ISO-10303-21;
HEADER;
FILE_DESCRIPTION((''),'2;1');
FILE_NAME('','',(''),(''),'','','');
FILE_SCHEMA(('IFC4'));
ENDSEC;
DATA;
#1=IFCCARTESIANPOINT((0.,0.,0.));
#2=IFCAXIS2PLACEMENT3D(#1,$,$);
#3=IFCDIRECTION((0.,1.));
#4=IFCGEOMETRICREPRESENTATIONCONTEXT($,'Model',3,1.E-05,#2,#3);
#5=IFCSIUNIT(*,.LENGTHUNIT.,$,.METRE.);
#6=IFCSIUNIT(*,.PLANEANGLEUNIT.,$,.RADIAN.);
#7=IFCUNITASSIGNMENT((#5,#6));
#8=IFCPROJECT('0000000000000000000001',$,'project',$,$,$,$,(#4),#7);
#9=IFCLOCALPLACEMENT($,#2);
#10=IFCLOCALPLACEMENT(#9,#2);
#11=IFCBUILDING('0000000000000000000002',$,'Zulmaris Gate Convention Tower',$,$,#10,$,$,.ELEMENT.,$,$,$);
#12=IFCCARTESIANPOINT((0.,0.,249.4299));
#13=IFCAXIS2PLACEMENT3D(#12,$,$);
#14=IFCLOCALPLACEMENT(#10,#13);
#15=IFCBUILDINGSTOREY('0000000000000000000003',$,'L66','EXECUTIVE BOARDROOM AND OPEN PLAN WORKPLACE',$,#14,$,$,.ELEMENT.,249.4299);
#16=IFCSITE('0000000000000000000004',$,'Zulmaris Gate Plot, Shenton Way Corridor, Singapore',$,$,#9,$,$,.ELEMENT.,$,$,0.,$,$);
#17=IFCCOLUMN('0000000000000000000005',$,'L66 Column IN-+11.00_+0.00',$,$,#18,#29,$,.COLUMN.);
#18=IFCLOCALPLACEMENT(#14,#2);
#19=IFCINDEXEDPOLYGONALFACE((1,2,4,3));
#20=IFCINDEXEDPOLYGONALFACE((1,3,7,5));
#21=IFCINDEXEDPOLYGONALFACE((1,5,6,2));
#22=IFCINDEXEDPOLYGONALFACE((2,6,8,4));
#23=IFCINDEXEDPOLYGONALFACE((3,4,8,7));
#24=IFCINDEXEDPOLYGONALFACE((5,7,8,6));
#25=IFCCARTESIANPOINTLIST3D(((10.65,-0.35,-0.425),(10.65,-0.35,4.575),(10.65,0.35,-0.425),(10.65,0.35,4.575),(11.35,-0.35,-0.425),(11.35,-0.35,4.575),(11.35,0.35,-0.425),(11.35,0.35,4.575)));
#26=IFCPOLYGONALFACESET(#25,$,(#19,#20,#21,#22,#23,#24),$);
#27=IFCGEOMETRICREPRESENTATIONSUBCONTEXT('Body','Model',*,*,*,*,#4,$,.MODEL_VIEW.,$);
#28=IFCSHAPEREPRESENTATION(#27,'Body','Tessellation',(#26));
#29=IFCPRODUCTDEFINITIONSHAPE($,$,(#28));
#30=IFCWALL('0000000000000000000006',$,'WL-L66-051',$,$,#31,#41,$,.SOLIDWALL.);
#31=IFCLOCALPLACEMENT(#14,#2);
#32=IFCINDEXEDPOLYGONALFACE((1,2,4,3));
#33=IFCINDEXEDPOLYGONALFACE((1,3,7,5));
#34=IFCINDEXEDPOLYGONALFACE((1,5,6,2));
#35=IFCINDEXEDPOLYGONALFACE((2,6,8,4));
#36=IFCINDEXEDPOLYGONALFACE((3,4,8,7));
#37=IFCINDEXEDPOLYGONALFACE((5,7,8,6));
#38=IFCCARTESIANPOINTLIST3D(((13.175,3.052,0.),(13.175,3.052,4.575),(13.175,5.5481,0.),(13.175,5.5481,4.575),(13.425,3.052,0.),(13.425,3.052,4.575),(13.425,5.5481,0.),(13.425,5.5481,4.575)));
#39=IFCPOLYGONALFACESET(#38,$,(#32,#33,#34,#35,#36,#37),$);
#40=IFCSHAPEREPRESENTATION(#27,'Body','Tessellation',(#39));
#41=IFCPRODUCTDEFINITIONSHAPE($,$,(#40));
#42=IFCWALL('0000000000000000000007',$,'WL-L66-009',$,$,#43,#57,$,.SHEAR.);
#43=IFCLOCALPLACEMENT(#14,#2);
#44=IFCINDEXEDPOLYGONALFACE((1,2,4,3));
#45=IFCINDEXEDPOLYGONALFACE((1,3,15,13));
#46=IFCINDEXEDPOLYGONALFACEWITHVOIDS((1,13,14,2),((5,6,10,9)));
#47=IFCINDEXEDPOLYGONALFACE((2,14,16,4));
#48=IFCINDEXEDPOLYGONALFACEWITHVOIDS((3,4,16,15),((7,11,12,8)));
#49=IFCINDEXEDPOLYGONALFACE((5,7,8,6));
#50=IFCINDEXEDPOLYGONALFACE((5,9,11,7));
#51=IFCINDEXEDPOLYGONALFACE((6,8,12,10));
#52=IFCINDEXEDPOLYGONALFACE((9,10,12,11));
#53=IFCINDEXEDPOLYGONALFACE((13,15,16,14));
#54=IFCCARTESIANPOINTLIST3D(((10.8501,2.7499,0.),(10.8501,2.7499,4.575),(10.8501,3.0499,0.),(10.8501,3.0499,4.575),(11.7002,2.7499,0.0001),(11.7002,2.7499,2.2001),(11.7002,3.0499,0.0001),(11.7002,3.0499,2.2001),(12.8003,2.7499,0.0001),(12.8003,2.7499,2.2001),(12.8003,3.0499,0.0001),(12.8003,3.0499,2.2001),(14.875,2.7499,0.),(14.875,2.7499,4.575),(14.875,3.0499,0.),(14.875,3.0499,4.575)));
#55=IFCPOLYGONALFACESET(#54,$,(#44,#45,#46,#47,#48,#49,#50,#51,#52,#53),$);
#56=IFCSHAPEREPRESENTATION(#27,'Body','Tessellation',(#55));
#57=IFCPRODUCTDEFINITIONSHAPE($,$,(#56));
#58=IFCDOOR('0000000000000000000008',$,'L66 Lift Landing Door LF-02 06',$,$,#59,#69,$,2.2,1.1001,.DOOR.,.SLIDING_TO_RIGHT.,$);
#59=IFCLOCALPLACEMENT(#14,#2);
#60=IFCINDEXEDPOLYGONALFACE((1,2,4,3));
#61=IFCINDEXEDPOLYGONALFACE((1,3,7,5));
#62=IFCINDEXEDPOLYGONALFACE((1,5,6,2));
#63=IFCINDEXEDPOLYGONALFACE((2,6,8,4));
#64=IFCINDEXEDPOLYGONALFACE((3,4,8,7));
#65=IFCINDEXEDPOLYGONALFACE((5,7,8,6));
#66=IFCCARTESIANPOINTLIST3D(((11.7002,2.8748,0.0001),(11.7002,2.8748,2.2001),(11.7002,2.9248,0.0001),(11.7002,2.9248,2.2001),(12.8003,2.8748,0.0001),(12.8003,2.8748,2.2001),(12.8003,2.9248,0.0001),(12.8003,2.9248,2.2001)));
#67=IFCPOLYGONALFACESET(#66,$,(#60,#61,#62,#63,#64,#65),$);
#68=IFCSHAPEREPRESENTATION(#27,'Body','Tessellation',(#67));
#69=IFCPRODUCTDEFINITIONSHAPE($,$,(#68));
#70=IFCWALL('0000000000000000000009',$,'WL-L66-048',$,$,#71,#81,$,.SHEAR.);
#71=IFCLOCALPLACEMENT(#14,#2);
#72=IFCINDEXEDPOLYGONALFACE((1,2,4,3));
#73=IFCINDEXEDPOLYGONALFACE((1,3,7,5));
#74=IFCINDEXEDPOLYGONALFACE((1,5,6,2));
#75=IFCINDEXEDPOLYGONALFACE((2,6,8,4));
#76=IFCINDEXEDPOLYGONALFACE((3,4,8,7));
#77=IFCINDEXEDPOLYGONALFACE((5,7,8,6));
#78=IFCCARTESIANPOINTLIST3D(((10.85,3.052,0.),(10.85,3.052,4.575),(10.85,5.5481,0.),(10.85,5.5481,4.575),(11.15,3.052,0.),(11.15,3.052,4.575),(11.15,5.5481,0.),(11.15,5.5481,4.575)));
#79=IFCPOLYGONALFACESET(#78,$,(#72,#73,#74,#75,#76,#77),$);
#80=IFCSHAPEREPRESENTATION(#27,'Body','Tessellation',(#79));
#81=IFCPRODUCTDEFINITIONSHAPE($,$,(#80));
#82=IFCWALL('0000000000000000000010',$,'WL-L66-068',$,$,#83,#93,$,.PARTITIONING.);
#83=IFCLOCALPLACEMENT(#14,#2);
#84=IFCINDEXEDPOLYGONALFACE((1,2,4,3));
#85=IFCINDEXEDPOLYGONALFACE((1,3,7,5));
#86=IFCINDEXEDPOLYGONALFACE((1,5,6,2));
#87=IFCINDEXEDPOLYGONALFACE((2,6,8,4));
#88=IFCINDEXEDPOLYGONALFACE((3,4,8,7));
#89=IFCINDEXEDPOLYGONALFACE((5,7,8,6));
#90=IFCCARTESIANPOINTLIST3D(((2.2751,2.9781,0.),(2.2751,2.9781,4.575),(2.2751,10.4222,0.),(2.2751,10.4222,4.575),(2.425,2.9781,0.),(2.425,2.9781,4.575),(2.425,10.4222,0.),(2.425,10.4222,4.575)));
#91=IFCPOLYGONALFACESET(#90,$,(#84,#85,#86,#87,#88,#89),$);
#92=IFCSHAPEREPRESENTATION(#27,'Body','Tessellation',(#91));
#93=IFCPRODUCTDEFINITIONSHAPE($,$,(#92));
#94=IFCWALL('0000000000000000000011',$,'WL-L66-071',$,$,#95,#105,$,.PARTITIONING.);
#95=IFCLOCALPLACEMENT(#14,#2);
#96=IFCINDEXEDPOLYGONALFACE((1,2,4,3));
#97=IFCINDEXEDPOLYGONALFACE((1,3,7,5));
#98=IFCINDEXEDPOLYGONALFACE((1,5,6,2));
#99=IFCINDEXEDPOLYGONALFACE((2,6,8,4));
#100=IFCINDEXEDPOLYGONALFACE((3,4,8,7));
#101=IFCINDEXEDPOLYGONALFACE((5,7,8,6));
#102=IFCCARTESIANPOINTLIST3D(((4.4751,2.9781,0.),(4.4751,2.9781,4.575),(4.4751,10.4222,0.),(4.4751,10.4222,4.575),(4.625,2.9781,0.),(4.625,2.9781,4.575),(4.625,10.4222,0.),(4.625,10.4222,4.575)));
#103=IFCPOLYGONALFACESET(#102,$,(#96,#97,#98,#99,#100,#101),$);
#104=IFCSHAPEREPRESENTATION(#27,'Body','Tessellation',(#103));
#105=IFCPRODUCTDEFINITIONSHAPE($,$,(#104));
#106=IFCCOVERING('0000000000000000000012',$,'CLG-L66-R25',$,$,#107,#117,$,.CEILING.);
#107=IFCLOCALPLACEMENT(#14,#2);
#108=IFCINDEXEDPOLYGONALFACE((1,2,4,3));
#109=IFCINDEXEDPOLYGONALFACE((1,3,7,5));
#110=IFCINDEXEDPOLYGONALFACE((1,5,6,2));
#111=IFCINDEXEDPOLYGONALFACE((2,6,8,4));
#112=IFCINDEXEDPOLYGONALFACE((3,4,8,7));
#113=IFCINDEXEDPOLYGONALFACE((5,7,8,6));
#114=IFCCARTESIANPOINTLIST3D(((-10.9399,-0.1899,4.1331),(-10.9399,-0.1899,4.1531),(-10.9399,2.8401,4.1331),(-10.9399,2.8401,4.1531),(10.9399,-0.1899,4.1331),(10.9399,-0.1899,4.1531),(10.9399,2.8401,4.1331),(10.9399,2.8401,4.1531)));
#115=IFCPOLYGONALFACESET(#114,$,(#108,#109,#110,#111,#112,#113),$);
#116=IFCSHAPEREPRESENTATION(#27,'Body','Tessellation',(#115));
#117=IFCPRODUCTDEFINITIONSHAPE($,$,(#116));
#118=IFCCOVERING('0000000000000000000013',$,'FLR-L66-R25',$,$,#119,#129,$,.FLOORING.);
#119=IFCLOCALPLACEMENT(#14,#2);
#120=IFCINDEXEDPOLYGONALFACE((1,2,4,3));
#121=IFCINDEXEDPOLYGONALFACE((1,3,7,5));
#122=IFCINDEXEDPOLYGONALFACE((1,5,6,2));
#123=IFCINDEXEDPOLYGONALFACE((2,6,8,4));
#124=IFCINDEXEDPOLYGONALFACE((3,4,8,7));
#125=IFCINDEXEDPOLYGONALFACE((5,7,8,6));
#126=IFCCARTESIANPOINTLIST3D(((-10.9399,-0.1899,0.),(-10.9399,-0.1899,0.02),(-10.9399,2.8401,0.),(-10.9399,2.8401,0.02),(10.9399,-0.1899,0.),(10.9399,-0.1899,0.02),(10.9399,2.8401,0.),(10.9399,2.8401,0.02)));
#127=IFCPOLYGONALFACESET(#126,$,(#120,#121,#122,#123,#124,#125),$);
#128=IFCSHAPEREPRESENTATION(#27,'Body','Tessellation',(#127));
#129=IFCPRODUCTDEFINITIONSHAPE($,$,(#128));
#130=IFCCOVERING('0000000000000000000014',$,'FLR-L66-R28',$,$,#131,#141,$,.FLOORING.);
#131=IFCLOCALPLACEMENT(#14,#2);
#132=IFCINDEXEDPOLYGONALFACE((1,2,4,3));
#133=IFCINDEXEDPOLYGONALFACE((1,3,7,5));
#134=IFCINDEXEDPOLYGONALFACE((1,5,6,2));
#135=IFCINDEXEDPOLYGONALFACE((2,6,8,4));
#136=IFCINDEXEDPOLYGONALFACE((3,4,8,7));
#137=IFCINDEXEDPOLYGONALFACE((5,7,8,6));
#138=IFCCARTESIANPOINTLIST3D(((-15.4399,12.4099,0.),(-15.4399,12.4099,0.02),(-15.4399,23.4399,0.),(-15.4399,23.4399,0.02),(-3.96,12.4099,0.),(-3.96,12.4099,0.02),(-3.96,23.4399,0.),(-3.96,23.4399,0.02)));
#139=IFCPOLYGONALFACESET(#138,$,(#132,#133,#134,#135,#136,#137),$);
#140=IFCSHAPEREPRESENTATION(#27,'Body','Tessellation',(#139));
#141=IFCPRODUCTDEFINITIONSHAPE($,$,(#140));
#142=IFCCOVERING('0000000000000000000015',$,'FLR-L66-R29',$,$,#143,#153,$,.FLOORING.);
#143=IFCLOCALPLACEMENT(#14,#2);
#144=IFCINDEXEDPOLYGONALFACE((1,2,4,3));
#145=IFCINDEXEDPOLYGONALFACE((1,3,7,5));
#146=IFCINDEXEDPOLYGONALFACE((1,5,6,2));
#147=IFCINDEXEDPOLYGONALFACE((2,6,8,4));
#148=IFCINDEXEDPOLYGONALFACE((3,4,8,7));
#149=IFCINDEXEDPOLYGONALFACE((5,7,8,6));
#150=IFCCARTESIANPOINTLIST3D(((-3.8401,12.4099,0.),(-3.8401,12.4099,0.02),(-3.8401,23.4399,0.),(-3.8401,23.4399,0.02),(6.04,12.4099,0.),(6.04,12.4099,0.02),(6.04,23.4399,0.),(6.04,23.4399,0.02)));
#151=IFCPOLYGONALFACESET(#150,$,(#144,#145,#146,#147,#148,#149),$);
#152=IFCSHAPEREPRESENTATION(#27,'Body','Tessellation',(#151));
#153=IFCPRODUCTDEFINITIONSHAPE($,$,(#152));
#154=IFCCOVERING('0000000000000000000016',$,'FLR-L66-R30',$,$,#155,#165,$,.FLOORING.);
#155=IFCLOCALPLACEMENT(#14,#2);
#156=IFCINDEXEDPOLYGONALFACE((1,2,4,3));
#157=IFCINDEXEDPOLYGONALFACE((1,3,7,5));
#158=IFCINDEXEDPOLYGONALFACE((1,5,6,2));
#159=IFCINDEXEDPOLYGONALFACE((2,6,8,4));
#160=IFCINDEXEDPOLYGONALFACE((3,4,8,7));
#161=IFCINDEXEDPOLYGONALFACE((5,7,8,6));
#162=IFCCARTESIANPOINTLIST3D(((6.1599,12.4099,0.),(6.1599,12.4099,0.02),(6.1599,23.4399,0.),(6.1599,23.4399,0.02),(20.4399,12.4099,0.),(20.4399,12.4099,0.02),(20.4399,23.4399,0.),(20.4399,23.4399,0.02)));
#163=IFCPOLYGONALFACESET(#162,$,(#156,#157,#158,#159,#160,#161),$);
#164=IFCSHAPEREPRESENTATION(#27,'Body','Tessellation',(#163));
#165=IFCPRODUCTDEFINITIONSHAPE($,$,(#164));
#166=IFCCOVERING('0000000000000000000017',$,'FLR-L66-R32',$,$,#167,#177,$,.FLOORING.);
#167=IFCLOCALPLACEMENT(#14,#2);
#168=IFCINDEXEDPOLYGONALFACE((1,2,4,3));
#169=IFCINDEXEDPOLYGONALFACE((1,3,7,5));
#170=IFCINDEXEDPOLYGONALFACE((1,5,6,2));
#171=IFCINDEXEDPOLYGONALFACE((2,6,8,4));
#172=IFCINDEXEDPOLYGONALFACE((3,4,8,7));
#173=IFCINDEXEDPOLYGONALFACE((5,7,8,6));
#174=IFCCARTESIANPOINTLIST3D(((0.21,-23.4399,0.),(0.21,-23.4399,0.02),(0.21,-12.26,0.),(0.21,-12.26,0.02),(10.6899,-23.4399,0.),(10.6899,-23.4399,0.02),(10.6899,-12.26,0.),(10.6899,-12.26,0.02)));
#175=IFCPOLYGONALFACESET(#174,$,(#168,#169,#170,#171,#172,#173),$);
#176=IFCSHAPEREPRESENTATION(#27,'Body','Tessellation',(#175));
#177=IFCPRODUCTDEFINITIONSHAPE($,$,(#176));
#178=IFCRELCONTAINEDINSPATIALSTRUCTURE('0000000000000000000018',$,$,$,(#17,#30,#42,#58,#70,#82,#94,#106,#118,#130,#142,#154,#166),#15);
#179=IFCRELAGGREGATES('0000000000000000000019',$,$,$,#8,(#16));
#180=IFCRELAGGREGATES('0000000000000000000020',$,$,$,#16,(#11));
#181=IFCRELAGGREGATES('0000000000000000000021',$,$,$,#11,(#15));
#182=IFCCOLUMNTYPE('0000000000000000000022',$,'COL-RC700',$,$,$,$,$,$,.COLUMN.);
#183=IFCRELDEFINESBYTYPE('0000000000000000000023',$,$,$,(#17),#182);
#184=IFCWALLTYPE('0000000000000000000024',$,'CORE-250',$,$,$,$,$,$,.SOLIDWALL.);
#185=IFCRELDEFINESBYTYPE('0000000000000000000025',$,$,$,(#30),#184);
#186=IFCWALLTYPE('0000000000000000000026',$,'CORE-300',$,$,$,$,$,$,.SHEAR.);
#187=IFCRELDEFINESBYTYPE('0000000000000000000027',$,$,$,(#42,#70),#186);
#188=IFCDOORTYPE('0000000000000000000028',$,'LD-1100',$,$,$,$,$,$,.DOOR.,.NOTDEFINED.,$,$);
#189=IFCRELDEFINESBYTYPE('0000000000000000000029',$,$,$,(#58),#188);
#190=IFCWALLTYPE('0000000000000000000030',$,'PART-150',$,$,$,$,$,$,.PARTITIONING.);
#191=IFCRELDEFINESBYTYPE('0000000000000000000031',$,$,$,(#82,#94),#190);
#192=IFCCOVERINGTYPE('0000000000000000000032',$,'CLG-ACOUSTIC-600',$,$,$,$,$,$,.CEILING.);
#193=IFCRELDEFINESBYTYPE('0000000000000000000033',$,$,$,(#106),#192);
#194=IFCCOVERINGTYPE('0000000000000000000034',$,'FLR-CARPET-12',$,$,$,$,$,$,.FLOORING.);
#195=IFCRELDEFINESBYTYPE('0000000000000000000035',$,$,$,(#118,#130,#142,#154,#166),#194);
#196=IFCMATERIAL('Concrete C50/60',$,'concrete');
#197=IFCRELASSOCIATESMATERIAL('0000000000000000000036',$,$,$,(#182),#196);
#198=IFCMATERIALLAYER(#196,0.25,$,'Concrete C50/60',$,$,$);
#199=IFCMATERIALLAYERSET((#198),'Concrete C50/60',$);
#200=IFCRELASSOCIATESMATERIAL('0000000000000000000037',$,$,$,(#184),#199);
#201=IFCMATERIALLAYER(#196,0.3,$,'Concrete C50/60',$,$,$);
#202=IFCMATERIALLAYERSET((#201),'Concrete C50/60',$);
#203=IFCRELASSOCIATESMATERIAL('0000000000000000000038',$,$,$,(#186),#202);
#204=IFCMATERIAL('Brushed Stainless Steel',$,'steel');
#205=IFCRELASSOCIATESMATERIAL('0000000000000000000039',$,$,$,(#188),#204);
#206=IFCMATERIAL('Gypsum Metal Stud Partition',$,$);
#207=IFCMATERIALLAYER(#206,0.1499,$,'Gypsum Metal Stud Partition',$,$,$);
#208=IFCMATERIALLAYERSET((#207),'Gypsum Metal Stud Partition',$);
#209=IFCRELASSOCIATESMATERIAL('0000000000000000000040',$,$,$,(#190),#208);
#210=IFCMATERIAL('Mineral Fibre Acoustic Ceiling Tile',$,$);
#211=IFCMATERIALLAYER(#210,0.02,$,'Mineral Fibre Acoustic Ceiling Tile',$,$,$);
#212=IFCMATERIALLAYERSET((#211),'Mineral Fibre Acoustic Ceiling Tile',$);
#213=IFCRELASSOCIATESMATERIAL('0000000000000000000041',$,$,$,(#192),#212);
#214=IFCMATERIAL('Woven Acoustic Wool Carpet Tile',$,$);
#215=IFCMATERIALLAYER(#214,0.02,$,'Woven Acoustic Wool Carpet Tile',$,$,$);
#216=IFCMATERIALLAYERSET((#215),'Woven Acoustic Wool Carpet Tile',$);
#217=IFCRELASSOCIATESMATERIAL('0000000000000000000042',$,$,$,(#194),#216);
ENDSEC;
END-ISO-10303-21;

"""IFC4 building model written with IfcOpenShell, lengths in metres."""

from ifc_helpers import new_model, si_unit, direction, frame, frame_2d, origin, origin_2d, place, context, subcontext, project, spatial, polyline, rectangle, outline, extrude, material, layer, layer_set, material_profile, profile_set, type_object, element, fill, save


model = new_model("IFC4")

# Units and contexts
model_context = context("Model", 3, precision=1e-05, world=origin(), true_north=direction((0.0, 1.0)))
body_context = subcontext(model_context, "Body", "Model", "MODEL_VIEW")
ifc_project = project(units=[si_unit("LENGTHUNIT", "METRE"), si_unit("PLANEANGLEUNIT", "RADIAN")], contexts=[model_context])

# Site, building, storey
site_placement = place(None, origin())
site = spatial("IfcSite", under=ifc_project, at=site_placement, Name="Zulmaris Gate Plot, Shenton Way Corridor, Singapore", CompositionType="ELEMENT", RefElevation=0.0)
building_placement = place(site_placement, origin())
building = spatial("IfcBuilding", under=site, at=building_placement, Name="Zulmaris Gate Convention Tower", CompositionType="ELEMENT")
storey_placement = place(building_placement, frame((0.0, 0.0, 249.4299)))
storey = spatial("IfcBuildingStorey", under=building, at=storey_placement, Name="L66", Description="EXECUTIVE BOARDROOM AND OPEN PLAN WORKPLACE", CompositionType="ELEMENT", Elevation=249.4299)

# Column
ifc_material_1 = material(Name="Concrete C50/60", Category="concrete")
ifc_material_profile = material_profile(ifc_material_1, rectangle(XDim=0.7, YDim=0.7, at=origin_2d()), Name="RC COL 700x700")
ifc_profile_set = profile_set([ifc_material_profile], Name="Concrete C50/60")
column_type = type_object("IfcColumnType", Name="COL-RC700", PredefinedType="COLUMN", material=ifc_profile_set)
column_placement = place(storey_placement, frame((11.0, 0.0, -0.425), z_axis=(0.0, 0.0, 1.0), x_axis=(1.0, 0.0, 0.0)))
element("IfcColumn", 1, at=column_placement, inside=storey, type_object=column_type, Name="L66 Column IN-+11.00_+0.00", PredefinedType="COLUMN", context=body_context, shape_type="SweptSolid", body=[
    extrude(rectangle(XDim=0.7, YDim=0.7, at=origin_2d()), origin(), (0.0, 0.0, 1.0), 5.0),
])

# Wall
ifc_layer_1 = layer(ifc_material_1, 0.25, Name="Concrete C50/60")
ifc_layer_set_1 = layer_set([ifc_layer_1], Name="Concrete C50/60")
wall_type_1 = type_object("IfcWallType", Name="CORE-250", PredefinedType="SOLIDWALL", material=ifc_layer_set_1)
wall_1_placement = place(storey_placement, frame((13.3, 3.052, 0.0), z_axis=(0.0, 0.0, 1.0), x_axis=(0.0, 1.0, 0.0)))
element("IfcWall", 2, at=wall_1_placement, inside=storey, type_object=wall_type_1, Name="WL-L66-051", PredefinedType="SOLIDWALL", context=body_context, shape_type="SweptSolid", body=[
    extrude(rectangle(XDim=2.4961, YDim=0.25, at=frame_2d((1.248, 0.0))), origin(), (0.0, 0.0, 1.0), 4.575),
])

# Wall, opening, door
ifc_layer_2 = layer(ifc_material_1, 0.3, Name="Concrete C50/60")
ifc_layer_set_2 = layer_set([ifc_layer_2], Name="Concrete C50/60")
wall_type_2 = type_object("IfcWallType", Name="CORE-300", PredefinedType="SHEAR", material=ifc_layer_set_2)
wall_2_placement = place(storey_placement, frame((10.8501, 2.8999, 0.0), z_axis=(0.0, 0.0, 1.0), x_axis=(1.0, 0.0, 0.0)))
wall_2 = element("IfcWall", 3, at=wall_2_placement, inside=storey, type_object=wall_type_2, Name="WL-L66-009", PredefinedType="SHEAR", context=body_context, shape_type="SweptSolid", body=[
    extrude(rectangle(XDim=4.0249, YDim=0.3, at=frame_2d((2.0125, 0.0))), origin(), (0.0, 0.0, 1.0), 4.575),
])
opening_1_placement = place(wall_2_placement, frame((0.8501, 0.0, 0.0)))
opening_1 = element("IfcOpeningElement", 4, at=opening_1_placement, cuts=wall_2, PredefinedType="OPENING", context=body_context, shape_type="SweptSolid", body=[
    extrude(rectangle(XDim=1.1001, YDim=2.2, at=frame_2d((0.55, 1.1001))), frame((0.0, 0.1602, 0.0), z_axis=(0.0, -1.0, 0.0), x_axis=(1.0, 0.0, 0.0)), (0.0, 0.0, 1.0), 0.3201),
])
ifc_material_2 = material(Name="Brushed Stainless Steel", Category="steel")
door_type_1 = type_object("IfcDoorType", Name="LD-1100", OperationType="NOTDEFINED", PredefinedType="DOOR", material=ifc_material_2)
door_1_placement = place(opening_1_placement, origin())
door_1 = element("IfcDoor", 5, at=door_1_placement, inside=storey, type_object=door_type_1, Name="L66 Lift Landing Door LF-02 06", OperationType="SLIDING_TO_RIGHT", OverallHeight=2.2, OverallWidth=1.1001, PredefinedType="DOOR", context=body_context, shape_type="SweptSolid", body=[
    extrude(rectangle(XDim=1.1001, YDim=2.2, at=frame_2d((0.55, 1.1001))), frame((0.0, 0.0249, 0.0), z_axis=(0.0, -1.0, 0.0), x_axis=(1.0, 0.0, 0.0)), (0.0, 0.0, 1.0), 0.05),
])
fill(opening_1, door_1)

# Walls
wall_3_placement = place(storey_placement, frame((11.0, 3.052, 0.0), z_axis=(0.0, 0.0, 1.0), x_axis=(0.0, 1.0, 0.0)))
element("IfcWall", 6, at=wall_3_placement, inside=storey, type_object=wall_type_2, Name="WL-L66-048", PredefinedType="SHEAR", context=body_context, shape_type="SweptSolid", body=[
    extrude(rectangle(XDim=2.4961, YDim=0.3, at=frame_2d((1.248, 0.0))), origin(), (0.0, 0.0, 1.0), 4.575),
])
ifc_material_3 = material(Name="Gypsum Metal Stud Partition")
ifc_layer_3 = layer(ifc_material_3, 0.1499, Name="Gypsum Metal Stud Partition")
ifc_layer_set_3 = layer_set([ifc_layer_3], Name="Gypsum Metal Stud Partition")
wall_type_3 = type_object("IfcWallType", Name="PART-150", PredefinedType="PARTITIONING", material=ifc_layer_set_3)
for number, where, z_axis, x_axis, name in (
    (7, (2.3501, 2.978, 0.0), (0.0, 0.0, 1.0), (0.0, 1.0, 0.0), "WL-L66-068"),
    (8, (4.55, 2.978, 0.0), (0.0, 0.0, 1.0), (0.0, 1.0, 0.0), "WL-L66-071"),
):
    element("IfcWall", number, at=place(storey_placement, frame(where, z_axis=z_axis, x_axis=x_axis)), inside=storey, type_object=wall_type_3, Name=name, PredefinedType="PARTITIONING", context=body_context, shape_type="SweptSolid", body=[
        extrude(rectangle(XDim=7.4441, YDim=0.1499, at=frame_2d((3.7222, 0.0))), origin(), (0.0, 0.0, 1.0), 4.575),
    ])

# Coverings
ifc_material_4 = material(Name="Mineral Fibre Acoustic Ceiling Tile")
ifc_layer_4 = layer(ifc_material_4, 0.02, Name="Mineral Fibre Acoustic Ceiling Tile")
ifc_layer_set_4 = layer_set([ifc_layer_4], Name="Mineral Fibre Acoustic Ceiling Tile")
covering_type_1 = type_object("IfcCoveringType", Name="CLG-ACOUSTIC-600", PredefinedType="CEILING", material=ifc_layer_set_4)
covering_1_placement = place(storey_placement, frame((0.0, 0.0, 4.1331)))
element("IfcCovering", 9, at=covering_1_placement, inside=storey, type_object=covering_type_1, Name="CLG-L66-R25", PredefinedType="CEILING", context=body_context, shape_type="SweptSolid", body=[
    extrude(outline(polyline([(-10.9399, -0.1899), (10.9399, -0.1899), (10.9399, 2.8401), (-10.9399, 2.8401), (-10.9399, -0.1899)])), origin(), (0.0, 0.0, 1.0), 0.02),
])
ifc_material_5 = material(Name="Woven Acoustic Wool Carpet Tile")
ifc_layer_5 = layer(ifc_material_5, 0.02, Name="Woven Acoustic Wool Carpet Tile")
ifc_layer_set_5 = layer_set([ifc_layer_5], Name="Woven Acoustic Wool Carpet Tile")
covering_type_2 = type_object("IfcCoveringType", Name="FLR-CARPET-12", PredefinedType="FLOORING", material=ifc_layer_set_5)
covering_2_placement = place(storey_placement, origin())
element("IfcCovering", 10, at=covering_2_placement, inside=storey, type_object=covering_type_2, Name="FLR-L66-R25", PredefinedType="FLOORING", context=body_context, shape_type="SweptSolid", body=[
    extrude(outline(polyline([(-10.9399, -0.1899), (10.9399, -0.1899), (10.9399, 2.8401), (-10.9399, 2.8401), (-10.9399, -0.1899)])), origin(), (0.0, 0.0, 1.0), 0.02),
])
covering_3_placement = place(storey_placement, origin())
element("IfcCovering", 11, at=covering_3_placement, inside=storey, type_object=covering_type_2, Name="FLR-L66-R28", PredefinedType="FLOORING", context=body_context, shape_type="SweptSolid", body=[
    extrude(outline(polyline([(-15.4399, 12.4099), (-3.96, 12.4099), (-3.96, 23.4399), (-15.4399, 23.4399), (-15.4399, 12.4099)])), origin(), (0.0, 0.0, 1.0), 0.02),
])
covering_4_placement = place(storey_placement, origin())
element("IfcCovering", 12, at=covering_4_placement, inside=storey, type_object=covering_type_2, Name="FLR-L66-R29", PredefinedType="FLOORING", context=body_context, shape_type="SweptSolid", body=[
    extrude(outline(polyline([(-3.8401, 12.4099), (6.04, 12.4099), (6.04, 23.4399), (-3.8401, 23.4399), (-3.8401, 12.4099)])), origin(), (0.0, 0.0, 1.0), 0.02),
])
covering_5_placement = place(storey_placement, origin())
element("IfcCovering", 13, at=covering_5_placement, inside=storey, type_object=covering_type_2, Name="FLR-L66-R30", PredefinedType="FLOORING", context=body_context, shape_type="SweptSolid", body=[
    extrude(outline(polyline([(6.1599, 12.4099), (20.4399, 12.4099), (20.4399, 23.4399), (6.1599, 23.4399), (6.1599, 12.4099)])), origin(), (0.0, 0.0, 1.0), 0.02),
])
covering_6_placement = place(storey_placement, origin())
element("IfcCovering", 14, at=covering_6_placement, inside=storey, type_object=covering_type_2, Name="FLR-L66-R32", PredefinedType="FLOORING", context=body_context, shape_type="SweptSolid", body=[
    extrude(outline(polyline([(0.21, -23.4399), (10.6899, -23.4399), (10.6899, -12.26), (0.21, -12.26), (0.21, -23.4399)])), origin(), (0.0, 0.0, 1.0), 0.02),
])

save(model, "model.ifc")
